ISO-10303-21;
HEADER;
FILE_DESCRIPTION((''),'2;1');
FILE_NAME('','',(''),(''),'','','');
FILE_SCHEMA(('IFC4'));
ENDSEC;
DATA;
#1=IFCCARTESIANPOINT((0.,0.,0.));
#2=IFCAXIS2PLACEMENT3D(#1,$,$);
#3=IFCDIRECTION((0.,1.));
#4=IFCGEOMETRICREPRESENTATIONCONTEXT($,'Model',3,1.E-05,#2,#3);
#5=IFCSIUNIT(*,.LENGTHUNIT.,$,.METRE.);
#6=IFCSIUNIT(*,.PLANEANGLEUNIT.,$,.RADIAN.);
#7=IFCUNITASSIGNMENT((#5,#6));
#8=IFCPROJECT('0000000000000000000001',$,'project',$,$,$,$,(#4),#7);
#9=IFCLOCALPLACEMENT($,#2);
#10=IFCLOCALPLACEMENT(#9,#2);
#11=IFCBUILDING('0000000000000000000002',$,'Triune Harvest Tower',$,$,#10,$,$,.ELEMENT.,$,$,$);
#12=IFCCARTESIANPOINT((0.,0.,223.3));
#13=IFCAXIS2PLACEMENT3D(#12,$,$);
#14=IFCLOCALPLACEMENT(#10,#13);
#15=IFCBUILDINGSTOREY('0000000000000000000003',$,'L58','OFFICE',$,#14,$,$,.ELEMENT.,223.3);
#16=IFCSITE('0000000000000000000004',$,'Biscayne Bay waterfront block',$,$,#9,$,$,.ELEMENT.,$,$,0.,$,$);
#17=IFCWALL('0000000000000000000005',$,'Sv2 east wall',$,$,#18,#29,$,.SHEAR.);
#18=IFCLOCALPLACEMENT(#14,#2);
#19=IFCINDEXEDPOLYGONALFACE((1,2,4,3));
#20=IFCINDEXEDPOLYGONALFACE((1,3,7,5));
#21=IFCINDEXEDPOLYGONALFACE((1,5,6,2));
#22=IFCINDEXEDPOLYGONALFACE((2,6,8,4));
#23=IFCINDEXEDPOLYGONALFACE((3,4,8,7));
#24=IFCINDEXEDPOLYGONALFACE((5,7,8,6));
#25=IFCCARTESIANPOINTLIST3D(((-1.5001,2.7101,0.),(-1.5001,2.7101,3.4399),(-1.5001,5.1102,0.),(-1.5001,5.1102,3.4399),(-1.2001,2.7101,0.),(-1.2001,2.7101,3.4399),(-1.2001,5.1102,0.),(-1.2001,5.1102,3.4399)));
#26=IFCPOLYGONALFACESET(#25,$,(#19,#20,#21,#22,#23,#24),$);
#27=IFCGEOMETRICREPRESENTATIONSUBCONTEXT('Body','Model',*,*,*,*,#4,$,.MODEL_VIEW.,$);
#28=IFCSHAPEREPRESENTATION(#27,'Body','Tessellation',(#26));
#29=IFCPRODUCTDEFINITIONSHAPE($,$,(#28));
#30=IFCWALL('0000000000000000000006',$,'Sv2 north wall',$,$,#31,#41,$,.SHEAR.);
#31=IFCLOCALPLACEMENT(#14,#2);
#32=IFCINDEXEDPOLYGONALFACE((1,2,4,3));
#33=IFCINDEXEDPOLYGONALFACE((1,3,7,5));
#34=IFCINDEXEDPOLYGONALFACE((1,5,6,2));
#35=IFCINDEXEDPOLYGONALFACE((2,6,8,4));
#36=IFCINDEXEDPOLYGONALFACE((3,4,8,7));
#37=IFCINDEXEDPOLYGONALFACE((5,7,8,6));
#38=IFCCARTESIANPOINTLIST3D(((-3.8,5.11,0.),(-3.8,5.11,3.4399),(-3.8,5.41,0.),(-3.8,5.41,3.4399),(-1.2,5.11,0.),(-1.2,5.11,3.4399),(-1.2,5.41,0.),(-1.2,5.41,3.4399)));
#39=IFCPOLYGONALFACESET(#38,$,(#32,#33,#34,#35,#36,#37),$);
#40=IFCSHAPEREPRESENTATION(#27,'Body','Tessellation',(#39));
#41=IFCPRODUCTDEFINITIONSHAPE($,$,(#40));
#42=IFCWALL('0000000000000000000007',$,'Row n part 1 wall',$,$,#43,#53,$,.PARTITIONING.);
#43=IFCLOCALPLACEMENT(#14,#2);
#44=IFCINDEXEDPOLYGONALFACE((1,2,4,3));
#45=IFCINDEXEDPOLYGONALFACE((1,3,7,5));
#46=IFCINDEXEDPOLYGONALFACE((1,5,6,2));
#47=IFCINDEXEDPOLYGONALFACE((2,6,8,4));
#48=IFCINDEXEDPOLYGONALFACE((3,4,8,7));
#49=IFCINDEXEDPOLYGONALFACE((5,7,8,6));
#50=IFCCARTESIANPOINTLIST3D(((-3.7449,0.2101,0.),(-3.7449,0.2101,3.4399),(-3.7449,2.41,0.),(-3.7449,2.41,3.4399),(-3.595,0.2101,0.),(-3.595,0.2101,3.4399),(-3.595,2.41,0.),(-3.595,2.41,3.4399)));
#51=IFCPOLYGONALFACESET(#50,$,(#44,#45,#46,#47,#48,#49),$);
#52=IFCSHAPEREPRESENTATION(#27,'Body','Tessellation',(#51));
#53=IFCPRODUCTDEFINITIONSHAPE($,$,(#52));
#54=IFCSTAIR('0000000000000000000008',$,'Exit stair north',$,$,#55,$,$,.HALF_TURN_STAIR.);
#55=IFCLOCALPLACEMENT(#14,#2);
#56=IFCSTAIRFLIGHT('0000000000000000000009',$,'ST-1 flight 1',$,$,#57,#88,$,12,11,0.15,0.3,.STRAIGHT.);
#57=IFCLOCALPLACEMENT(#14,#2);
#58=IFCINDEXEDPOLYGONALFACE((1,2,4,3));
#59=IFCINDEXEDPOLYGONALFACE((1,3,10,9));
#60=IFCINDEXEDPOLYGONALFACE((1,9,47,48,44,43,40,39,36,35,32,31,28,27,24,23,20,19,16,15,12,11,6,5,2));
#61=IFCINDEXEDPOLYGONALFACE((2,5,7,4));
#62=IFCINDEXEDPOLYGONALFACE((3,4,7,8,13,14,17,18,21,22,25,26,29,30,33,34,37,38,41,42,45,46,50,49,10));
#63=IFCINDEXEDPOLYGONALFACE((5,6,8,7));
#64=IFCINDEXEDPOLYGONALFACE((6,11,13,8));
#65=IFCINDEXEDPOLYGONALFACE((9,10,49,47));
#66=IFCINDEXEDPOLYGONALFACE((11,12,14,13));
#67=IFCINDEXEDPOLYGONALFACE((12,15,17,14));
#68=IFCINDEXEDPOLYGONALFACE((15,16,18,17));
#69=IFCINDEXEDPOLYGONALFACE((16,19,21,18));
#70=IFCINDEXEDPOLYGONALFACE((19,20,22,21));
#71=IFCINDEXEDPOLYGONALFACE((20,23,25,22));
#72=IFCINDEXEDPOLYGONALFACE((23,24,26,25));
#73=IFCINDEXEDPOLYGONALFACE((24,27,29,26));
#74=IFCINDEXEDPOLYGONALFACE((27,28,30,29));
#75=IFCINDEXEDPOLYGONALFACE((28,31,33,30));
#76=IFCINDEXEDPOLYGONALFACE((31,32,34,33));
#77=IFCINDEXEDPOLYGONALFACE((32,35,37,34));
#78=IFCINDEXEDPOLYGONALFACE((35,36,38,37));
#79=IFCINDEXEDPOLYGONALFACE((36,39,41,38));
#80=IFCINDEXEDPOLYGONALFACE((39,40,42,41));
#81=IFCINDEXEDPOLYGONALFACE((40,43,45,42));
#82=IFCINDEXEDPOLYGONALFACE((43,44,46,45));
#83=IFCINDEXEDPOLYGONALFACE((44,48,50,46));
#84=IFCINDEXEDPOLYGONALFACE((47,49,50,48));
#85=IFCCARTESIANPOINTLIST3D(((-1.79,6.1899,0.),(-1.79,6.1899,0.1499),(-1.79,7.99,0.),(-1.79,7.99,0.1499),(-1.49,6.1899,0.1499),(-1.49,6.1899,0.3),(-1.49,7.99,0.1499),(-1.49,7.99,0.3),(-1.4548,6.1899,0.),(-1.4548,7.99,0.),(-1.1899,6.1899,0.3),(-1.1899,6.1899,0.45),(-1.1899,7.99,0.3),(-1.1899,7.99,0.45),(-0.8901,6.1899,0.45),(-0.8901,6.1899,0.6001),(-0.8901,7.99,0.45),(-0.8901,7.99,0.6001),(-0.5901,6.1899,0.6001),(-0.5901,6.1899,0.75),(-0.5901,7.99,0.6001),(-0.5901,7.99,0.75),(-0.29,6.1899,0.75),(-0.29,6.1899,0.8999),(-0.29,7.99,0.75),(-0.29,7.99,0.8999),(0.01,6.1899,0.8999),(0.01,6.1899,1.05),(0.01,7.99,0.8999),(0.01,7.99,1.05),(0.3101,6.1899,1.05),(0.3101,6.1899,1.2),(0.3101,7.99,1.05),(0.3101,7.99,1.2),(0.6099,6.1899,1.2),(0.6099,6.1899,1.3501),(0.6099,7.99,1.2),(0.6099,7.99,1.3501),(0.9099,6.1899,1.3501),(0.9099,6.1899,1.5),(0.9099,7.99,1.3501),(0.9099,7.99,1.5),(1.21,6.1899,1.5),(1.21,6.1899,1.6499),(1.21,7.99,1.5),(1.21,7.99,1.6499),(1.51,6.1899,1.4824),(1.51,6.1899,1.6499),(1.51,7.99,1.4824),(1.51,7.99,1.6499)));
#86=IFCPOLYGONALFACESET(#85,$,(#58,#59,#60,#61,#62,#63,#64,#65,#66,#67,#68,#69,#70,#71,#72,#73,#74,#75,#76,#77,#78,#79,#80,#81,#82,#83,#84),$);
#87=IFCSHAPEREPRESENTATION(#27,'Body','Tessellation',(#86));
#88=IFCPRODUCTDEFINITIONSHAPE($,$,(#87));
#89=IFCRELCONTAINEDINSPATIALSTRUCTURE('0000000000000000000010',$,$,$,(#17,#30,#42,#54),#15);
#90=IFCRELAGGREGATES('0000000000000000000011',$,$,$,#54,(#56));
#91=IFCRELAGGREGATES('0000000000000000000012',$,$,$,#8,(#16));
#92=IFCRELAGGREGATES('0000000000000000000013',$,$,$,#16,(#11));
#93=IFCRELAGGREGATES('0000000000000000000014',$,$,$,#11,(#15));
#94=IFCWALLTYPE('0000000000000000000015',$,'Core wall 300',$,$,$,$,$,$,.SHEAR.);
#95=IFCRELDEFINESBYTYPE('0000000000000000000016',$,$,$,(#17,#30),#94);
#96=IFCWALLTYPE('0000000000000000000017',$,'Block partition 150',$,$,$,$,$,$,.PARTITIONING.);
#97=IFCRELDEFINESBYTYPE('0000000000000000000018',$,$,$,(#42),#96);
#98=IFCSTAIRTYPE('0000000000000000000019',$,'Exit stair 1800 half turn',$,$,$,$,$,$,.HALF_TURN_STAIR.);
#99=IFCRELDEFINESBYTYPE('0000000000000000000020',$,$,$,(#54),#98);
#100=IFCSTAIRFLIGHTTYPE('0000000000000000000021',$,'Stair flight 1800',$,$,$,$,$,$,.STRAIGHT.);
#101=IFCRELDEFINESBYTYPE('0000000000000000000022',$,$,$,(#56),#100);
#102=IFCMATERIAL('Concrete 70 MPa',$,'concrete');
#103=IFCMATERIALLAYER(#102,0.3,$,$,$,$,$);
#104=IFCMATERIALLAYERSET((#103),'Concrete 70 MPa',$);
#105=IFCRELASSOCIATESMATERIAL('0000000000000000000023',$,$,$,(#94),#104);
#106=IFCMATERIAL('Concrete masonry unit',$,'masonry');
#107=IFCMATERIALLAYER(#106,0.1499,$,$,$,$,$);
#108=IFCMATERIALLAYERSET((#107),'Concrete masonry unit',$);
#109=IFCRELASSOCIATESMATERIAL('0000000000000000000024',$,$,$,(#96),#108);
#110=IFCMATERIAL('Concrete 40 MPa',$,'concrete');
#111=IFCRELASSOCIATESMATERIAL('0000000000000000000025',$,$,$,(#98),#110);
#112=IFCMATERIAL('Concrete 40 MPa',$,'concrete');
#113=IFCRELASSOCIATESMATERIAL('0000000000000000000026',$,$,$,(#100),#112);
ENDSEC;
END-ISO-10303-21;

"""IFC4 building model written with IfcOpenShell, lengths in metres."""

from ifc_helpers import new_model, si_unit, direction, frame, frame_2d, origin, place, context, subcontext, project, spatial, polyline, rectangle, outline, extrude, source, transform, mapped, material, layer, layer_set, type_object, element, aggregate, save


model = new_model("IFC4")

# Units and contexts
model_context = context("Model", 3, precision=1e-05, world=origin(), true_north=direction((0.0, 1.0)))
body_context = subcontext(model_context, "Body", "Model", "MODEL_VIEW")
ifc_project = project(units=[si_unit("LENGTHUNIT", "METRE"), si_unit("PLANEANGLEUNIT", "RADIAN")], contexts=[model_context])

# Site, building, storey
site_placement = place(None, origin())
site = spatial("IfcSite", under=ifc_project, at=site_placement, Name="Biscayne Bay waterfront block", CompositionType="ELEMENT", RefElevation=0.0)
building_placement = place(site_placement, origin())
building = spatial("IfcBuilding", under=site, at=building_placement, Name="Triune Harvest Tower", CompositionType="ELEMENT")
storey_placement = place(building_placement, frame((0.0, 0.0, 223.3)))
storey = spatial("IfcBuildingStorey", under=building, at=storey_placement, Name="L58", Description="OFFICE", CompositionType="ELEMENT", Elevation=223.3)

# Shared definitions
ifc_material_1 = material(Name="Concrete 70 MPa", Category="concrete")
ifc_layer_1 = layer(ifc_material_1, 0.3)
ifc_layer_set_1 = layer_set([ifc_layer_1], Name="Concrete 70 MPa")
wall_type_1 = type_object("IfcWallType", Name="Core wall 300", PredefinedType="SHEAR", material=ifc_layer_set_1)

# Shared definitions
shared_shape_1 = source(origin(), body_context, "Body", "SweptSolid", [
    extrude(rectangle(XDim=2.4001, YDim=0.3, at=frame_2d((1.2002, 0.0))), origin(), (0.0, 0.0, 1.0), 3.4399),
])

# Walls
wall_1_placement = place(storey_placement, frame((-1.3501, 2.71, 0.0), z_axis=(0.0, 0.0, 1.0), x_axis=(0.0, 1.0, 0.0)))
element("IfcWall", 1, at=wall_1_placement, inside=storey, type_object=wall_type_1, Name="Sv2 east wall", PredefinedType="SHEAR", context=body_context, shape_type="MappedRepresentation", body=[
    mapped(shared_shape_1, transform((0.0, 0.0, 0.0), scale=1.0)),
])
shared_shape_2 = source(origin(), body_context, "Body", "SweptSolid", [
    extrude(rectangle(XDim=2.6001, YDim=0.3, at=frame_2d((1.3, 0.0))), origin(), (0.0, 0.0, 1.0), 3.4399),
])
wall_2_placement = place(storey_placement, frame((-3.8, 5.26, 0.0), z_axis=(0.0, 0.0, 1.0), x_axis=(1.0, 0.0, 0.0)))
element("IfcWall", 2, at=wall_2_placement, inside=storey, type_object=wall_type_1, Name="Sv2 north wall", PredefinedType="SHEAR", context=body_context, shape_type="MappedRepresentation", body=[
    mapped(shared_shape_2, transform((0.0, 0.0, 0.0), scale=1.0)),
])
ifc_material_2 = material(Name="Concrete masonry unit", Category="masonry")
ifc_layer_2 = layer(ifc_material_2, 0.1499)
ifc_layer_set_2 = layer_set([ifc_layer_2], Name="Concrete masonry unit")
wall_type_2 = type_object("IfcWallType", Name="Block partition 150", PredefinedType="PARTITIONING", material=ifc_layer_set_2)
shared_shape_3 = source(origin(), body_context, "Body", "SweptSolid", [
    extrude(rectangle(XDim=2.2, YDim=0.1499, at=frame_2d((1.1001, 0.0))), origin(), (0.0, 0.0, 1.0), 3.4399),
])
wall_3_placement = place(storey_placement, frame((-3.6699, 0.21, 0.0), z_axis=(0.0, 0.0, 1.0), x_axis=(0.0, 1.0, 0.0)))
element("IfcWall", 3, at=wall_3_placement, inside=storey, type_object=wall_type_2, Name="Row n part 1 wall", PredefinedType="PARTITIONING", context=body_context, shape_type="MappedRepresentation", body=[
    mapped(shared_shape_3, transform((0.0, 0.0, 0.0), scale=1.0)),
])

# Stair, stair flight
ifc_material_3 = material(Name="Concrete 40 MPa", Category="concrete")
stair_type = type_object("IfcStairType", Name="Exit stair 1800 half turn", PredefinedType="HALF_TURN_STAIR", material=ifc_material_3)
stair_placement = place(storey_placement, origin())
stair = element("IfcStair", 4, at=stair_placement, inside=storey, type_object=stair_type, Name="Exit stair north", PredefinedType="HALF_TURN_STAIR")
ifc_material_4 = material(Name="Concrete 40 MPa", Category="concrete")
stair_flight_type = type_object("IfcStairFlightType", Name="Stair flight 1800", PredefinedType="STRAIGHT", material=ifc_material_4)
shared_shape_4 = source(origin(), body_context, "Body", "SweptSolid", [
    extrude(outline(polyline([(0.0, 0.0), (0.0, 0.1499), (0.3, 0.1499), (0.3, 0.3), (0.6001, 0.3), (0.6001, 0.45), (0.8999, 0.45), (0.8999, 0.6001), (1.2, 0.6001), (1.2, 0.75), (1.5, 0.75), (1.5, 0.8999), (1.8, 0.8999), (1.8, 1.05), (2.1001, 1.05), (2.1001, 1.2), (2.3999, 1.2), (2.3999, 1.3501), (2.7, 1.3501), (2.7, 1.5), (3.0, 1.5), (3.0, 1.6499), (3.3, 1.6499), (3.3, 1.8), (3.3, 1.4824), (0.3352, 0.0), (0.0, 0.0)])), frame((0.0, 0.8999, 0.0), z_axis=(0.0, -1.0, 0.0), x_axis=(1.0, 0.0, 0.0)), (0.0, 0.0, 1.0), 1.8),
])
stair_flight_placement = place(storey_placement, frame((-1.79, 7.0901, 0.0), z_axis=(0.0, 0.0, 1.0), x_axis=(1.0, 0.0, 0.0)))
stair_flight = element("IfcStairFlight", 5, at=stair_flight_placement, type_object=stair_flight_type, Name="ST-1 flight 1", NumberOfRisers=12, NumberOfTreads=11, PredefinedType="STRAIGHT", RiserHeight=0.15, TreadLength=0.3, context=body_context, shape_type="MappedRepresentation", body=[
    mapped(shared_shape_4, transform((0.0, 0.0, 0.0), scale=1.0)),
])
aggregate(stair, [stair_flight])

save(model, "model.ifc")
